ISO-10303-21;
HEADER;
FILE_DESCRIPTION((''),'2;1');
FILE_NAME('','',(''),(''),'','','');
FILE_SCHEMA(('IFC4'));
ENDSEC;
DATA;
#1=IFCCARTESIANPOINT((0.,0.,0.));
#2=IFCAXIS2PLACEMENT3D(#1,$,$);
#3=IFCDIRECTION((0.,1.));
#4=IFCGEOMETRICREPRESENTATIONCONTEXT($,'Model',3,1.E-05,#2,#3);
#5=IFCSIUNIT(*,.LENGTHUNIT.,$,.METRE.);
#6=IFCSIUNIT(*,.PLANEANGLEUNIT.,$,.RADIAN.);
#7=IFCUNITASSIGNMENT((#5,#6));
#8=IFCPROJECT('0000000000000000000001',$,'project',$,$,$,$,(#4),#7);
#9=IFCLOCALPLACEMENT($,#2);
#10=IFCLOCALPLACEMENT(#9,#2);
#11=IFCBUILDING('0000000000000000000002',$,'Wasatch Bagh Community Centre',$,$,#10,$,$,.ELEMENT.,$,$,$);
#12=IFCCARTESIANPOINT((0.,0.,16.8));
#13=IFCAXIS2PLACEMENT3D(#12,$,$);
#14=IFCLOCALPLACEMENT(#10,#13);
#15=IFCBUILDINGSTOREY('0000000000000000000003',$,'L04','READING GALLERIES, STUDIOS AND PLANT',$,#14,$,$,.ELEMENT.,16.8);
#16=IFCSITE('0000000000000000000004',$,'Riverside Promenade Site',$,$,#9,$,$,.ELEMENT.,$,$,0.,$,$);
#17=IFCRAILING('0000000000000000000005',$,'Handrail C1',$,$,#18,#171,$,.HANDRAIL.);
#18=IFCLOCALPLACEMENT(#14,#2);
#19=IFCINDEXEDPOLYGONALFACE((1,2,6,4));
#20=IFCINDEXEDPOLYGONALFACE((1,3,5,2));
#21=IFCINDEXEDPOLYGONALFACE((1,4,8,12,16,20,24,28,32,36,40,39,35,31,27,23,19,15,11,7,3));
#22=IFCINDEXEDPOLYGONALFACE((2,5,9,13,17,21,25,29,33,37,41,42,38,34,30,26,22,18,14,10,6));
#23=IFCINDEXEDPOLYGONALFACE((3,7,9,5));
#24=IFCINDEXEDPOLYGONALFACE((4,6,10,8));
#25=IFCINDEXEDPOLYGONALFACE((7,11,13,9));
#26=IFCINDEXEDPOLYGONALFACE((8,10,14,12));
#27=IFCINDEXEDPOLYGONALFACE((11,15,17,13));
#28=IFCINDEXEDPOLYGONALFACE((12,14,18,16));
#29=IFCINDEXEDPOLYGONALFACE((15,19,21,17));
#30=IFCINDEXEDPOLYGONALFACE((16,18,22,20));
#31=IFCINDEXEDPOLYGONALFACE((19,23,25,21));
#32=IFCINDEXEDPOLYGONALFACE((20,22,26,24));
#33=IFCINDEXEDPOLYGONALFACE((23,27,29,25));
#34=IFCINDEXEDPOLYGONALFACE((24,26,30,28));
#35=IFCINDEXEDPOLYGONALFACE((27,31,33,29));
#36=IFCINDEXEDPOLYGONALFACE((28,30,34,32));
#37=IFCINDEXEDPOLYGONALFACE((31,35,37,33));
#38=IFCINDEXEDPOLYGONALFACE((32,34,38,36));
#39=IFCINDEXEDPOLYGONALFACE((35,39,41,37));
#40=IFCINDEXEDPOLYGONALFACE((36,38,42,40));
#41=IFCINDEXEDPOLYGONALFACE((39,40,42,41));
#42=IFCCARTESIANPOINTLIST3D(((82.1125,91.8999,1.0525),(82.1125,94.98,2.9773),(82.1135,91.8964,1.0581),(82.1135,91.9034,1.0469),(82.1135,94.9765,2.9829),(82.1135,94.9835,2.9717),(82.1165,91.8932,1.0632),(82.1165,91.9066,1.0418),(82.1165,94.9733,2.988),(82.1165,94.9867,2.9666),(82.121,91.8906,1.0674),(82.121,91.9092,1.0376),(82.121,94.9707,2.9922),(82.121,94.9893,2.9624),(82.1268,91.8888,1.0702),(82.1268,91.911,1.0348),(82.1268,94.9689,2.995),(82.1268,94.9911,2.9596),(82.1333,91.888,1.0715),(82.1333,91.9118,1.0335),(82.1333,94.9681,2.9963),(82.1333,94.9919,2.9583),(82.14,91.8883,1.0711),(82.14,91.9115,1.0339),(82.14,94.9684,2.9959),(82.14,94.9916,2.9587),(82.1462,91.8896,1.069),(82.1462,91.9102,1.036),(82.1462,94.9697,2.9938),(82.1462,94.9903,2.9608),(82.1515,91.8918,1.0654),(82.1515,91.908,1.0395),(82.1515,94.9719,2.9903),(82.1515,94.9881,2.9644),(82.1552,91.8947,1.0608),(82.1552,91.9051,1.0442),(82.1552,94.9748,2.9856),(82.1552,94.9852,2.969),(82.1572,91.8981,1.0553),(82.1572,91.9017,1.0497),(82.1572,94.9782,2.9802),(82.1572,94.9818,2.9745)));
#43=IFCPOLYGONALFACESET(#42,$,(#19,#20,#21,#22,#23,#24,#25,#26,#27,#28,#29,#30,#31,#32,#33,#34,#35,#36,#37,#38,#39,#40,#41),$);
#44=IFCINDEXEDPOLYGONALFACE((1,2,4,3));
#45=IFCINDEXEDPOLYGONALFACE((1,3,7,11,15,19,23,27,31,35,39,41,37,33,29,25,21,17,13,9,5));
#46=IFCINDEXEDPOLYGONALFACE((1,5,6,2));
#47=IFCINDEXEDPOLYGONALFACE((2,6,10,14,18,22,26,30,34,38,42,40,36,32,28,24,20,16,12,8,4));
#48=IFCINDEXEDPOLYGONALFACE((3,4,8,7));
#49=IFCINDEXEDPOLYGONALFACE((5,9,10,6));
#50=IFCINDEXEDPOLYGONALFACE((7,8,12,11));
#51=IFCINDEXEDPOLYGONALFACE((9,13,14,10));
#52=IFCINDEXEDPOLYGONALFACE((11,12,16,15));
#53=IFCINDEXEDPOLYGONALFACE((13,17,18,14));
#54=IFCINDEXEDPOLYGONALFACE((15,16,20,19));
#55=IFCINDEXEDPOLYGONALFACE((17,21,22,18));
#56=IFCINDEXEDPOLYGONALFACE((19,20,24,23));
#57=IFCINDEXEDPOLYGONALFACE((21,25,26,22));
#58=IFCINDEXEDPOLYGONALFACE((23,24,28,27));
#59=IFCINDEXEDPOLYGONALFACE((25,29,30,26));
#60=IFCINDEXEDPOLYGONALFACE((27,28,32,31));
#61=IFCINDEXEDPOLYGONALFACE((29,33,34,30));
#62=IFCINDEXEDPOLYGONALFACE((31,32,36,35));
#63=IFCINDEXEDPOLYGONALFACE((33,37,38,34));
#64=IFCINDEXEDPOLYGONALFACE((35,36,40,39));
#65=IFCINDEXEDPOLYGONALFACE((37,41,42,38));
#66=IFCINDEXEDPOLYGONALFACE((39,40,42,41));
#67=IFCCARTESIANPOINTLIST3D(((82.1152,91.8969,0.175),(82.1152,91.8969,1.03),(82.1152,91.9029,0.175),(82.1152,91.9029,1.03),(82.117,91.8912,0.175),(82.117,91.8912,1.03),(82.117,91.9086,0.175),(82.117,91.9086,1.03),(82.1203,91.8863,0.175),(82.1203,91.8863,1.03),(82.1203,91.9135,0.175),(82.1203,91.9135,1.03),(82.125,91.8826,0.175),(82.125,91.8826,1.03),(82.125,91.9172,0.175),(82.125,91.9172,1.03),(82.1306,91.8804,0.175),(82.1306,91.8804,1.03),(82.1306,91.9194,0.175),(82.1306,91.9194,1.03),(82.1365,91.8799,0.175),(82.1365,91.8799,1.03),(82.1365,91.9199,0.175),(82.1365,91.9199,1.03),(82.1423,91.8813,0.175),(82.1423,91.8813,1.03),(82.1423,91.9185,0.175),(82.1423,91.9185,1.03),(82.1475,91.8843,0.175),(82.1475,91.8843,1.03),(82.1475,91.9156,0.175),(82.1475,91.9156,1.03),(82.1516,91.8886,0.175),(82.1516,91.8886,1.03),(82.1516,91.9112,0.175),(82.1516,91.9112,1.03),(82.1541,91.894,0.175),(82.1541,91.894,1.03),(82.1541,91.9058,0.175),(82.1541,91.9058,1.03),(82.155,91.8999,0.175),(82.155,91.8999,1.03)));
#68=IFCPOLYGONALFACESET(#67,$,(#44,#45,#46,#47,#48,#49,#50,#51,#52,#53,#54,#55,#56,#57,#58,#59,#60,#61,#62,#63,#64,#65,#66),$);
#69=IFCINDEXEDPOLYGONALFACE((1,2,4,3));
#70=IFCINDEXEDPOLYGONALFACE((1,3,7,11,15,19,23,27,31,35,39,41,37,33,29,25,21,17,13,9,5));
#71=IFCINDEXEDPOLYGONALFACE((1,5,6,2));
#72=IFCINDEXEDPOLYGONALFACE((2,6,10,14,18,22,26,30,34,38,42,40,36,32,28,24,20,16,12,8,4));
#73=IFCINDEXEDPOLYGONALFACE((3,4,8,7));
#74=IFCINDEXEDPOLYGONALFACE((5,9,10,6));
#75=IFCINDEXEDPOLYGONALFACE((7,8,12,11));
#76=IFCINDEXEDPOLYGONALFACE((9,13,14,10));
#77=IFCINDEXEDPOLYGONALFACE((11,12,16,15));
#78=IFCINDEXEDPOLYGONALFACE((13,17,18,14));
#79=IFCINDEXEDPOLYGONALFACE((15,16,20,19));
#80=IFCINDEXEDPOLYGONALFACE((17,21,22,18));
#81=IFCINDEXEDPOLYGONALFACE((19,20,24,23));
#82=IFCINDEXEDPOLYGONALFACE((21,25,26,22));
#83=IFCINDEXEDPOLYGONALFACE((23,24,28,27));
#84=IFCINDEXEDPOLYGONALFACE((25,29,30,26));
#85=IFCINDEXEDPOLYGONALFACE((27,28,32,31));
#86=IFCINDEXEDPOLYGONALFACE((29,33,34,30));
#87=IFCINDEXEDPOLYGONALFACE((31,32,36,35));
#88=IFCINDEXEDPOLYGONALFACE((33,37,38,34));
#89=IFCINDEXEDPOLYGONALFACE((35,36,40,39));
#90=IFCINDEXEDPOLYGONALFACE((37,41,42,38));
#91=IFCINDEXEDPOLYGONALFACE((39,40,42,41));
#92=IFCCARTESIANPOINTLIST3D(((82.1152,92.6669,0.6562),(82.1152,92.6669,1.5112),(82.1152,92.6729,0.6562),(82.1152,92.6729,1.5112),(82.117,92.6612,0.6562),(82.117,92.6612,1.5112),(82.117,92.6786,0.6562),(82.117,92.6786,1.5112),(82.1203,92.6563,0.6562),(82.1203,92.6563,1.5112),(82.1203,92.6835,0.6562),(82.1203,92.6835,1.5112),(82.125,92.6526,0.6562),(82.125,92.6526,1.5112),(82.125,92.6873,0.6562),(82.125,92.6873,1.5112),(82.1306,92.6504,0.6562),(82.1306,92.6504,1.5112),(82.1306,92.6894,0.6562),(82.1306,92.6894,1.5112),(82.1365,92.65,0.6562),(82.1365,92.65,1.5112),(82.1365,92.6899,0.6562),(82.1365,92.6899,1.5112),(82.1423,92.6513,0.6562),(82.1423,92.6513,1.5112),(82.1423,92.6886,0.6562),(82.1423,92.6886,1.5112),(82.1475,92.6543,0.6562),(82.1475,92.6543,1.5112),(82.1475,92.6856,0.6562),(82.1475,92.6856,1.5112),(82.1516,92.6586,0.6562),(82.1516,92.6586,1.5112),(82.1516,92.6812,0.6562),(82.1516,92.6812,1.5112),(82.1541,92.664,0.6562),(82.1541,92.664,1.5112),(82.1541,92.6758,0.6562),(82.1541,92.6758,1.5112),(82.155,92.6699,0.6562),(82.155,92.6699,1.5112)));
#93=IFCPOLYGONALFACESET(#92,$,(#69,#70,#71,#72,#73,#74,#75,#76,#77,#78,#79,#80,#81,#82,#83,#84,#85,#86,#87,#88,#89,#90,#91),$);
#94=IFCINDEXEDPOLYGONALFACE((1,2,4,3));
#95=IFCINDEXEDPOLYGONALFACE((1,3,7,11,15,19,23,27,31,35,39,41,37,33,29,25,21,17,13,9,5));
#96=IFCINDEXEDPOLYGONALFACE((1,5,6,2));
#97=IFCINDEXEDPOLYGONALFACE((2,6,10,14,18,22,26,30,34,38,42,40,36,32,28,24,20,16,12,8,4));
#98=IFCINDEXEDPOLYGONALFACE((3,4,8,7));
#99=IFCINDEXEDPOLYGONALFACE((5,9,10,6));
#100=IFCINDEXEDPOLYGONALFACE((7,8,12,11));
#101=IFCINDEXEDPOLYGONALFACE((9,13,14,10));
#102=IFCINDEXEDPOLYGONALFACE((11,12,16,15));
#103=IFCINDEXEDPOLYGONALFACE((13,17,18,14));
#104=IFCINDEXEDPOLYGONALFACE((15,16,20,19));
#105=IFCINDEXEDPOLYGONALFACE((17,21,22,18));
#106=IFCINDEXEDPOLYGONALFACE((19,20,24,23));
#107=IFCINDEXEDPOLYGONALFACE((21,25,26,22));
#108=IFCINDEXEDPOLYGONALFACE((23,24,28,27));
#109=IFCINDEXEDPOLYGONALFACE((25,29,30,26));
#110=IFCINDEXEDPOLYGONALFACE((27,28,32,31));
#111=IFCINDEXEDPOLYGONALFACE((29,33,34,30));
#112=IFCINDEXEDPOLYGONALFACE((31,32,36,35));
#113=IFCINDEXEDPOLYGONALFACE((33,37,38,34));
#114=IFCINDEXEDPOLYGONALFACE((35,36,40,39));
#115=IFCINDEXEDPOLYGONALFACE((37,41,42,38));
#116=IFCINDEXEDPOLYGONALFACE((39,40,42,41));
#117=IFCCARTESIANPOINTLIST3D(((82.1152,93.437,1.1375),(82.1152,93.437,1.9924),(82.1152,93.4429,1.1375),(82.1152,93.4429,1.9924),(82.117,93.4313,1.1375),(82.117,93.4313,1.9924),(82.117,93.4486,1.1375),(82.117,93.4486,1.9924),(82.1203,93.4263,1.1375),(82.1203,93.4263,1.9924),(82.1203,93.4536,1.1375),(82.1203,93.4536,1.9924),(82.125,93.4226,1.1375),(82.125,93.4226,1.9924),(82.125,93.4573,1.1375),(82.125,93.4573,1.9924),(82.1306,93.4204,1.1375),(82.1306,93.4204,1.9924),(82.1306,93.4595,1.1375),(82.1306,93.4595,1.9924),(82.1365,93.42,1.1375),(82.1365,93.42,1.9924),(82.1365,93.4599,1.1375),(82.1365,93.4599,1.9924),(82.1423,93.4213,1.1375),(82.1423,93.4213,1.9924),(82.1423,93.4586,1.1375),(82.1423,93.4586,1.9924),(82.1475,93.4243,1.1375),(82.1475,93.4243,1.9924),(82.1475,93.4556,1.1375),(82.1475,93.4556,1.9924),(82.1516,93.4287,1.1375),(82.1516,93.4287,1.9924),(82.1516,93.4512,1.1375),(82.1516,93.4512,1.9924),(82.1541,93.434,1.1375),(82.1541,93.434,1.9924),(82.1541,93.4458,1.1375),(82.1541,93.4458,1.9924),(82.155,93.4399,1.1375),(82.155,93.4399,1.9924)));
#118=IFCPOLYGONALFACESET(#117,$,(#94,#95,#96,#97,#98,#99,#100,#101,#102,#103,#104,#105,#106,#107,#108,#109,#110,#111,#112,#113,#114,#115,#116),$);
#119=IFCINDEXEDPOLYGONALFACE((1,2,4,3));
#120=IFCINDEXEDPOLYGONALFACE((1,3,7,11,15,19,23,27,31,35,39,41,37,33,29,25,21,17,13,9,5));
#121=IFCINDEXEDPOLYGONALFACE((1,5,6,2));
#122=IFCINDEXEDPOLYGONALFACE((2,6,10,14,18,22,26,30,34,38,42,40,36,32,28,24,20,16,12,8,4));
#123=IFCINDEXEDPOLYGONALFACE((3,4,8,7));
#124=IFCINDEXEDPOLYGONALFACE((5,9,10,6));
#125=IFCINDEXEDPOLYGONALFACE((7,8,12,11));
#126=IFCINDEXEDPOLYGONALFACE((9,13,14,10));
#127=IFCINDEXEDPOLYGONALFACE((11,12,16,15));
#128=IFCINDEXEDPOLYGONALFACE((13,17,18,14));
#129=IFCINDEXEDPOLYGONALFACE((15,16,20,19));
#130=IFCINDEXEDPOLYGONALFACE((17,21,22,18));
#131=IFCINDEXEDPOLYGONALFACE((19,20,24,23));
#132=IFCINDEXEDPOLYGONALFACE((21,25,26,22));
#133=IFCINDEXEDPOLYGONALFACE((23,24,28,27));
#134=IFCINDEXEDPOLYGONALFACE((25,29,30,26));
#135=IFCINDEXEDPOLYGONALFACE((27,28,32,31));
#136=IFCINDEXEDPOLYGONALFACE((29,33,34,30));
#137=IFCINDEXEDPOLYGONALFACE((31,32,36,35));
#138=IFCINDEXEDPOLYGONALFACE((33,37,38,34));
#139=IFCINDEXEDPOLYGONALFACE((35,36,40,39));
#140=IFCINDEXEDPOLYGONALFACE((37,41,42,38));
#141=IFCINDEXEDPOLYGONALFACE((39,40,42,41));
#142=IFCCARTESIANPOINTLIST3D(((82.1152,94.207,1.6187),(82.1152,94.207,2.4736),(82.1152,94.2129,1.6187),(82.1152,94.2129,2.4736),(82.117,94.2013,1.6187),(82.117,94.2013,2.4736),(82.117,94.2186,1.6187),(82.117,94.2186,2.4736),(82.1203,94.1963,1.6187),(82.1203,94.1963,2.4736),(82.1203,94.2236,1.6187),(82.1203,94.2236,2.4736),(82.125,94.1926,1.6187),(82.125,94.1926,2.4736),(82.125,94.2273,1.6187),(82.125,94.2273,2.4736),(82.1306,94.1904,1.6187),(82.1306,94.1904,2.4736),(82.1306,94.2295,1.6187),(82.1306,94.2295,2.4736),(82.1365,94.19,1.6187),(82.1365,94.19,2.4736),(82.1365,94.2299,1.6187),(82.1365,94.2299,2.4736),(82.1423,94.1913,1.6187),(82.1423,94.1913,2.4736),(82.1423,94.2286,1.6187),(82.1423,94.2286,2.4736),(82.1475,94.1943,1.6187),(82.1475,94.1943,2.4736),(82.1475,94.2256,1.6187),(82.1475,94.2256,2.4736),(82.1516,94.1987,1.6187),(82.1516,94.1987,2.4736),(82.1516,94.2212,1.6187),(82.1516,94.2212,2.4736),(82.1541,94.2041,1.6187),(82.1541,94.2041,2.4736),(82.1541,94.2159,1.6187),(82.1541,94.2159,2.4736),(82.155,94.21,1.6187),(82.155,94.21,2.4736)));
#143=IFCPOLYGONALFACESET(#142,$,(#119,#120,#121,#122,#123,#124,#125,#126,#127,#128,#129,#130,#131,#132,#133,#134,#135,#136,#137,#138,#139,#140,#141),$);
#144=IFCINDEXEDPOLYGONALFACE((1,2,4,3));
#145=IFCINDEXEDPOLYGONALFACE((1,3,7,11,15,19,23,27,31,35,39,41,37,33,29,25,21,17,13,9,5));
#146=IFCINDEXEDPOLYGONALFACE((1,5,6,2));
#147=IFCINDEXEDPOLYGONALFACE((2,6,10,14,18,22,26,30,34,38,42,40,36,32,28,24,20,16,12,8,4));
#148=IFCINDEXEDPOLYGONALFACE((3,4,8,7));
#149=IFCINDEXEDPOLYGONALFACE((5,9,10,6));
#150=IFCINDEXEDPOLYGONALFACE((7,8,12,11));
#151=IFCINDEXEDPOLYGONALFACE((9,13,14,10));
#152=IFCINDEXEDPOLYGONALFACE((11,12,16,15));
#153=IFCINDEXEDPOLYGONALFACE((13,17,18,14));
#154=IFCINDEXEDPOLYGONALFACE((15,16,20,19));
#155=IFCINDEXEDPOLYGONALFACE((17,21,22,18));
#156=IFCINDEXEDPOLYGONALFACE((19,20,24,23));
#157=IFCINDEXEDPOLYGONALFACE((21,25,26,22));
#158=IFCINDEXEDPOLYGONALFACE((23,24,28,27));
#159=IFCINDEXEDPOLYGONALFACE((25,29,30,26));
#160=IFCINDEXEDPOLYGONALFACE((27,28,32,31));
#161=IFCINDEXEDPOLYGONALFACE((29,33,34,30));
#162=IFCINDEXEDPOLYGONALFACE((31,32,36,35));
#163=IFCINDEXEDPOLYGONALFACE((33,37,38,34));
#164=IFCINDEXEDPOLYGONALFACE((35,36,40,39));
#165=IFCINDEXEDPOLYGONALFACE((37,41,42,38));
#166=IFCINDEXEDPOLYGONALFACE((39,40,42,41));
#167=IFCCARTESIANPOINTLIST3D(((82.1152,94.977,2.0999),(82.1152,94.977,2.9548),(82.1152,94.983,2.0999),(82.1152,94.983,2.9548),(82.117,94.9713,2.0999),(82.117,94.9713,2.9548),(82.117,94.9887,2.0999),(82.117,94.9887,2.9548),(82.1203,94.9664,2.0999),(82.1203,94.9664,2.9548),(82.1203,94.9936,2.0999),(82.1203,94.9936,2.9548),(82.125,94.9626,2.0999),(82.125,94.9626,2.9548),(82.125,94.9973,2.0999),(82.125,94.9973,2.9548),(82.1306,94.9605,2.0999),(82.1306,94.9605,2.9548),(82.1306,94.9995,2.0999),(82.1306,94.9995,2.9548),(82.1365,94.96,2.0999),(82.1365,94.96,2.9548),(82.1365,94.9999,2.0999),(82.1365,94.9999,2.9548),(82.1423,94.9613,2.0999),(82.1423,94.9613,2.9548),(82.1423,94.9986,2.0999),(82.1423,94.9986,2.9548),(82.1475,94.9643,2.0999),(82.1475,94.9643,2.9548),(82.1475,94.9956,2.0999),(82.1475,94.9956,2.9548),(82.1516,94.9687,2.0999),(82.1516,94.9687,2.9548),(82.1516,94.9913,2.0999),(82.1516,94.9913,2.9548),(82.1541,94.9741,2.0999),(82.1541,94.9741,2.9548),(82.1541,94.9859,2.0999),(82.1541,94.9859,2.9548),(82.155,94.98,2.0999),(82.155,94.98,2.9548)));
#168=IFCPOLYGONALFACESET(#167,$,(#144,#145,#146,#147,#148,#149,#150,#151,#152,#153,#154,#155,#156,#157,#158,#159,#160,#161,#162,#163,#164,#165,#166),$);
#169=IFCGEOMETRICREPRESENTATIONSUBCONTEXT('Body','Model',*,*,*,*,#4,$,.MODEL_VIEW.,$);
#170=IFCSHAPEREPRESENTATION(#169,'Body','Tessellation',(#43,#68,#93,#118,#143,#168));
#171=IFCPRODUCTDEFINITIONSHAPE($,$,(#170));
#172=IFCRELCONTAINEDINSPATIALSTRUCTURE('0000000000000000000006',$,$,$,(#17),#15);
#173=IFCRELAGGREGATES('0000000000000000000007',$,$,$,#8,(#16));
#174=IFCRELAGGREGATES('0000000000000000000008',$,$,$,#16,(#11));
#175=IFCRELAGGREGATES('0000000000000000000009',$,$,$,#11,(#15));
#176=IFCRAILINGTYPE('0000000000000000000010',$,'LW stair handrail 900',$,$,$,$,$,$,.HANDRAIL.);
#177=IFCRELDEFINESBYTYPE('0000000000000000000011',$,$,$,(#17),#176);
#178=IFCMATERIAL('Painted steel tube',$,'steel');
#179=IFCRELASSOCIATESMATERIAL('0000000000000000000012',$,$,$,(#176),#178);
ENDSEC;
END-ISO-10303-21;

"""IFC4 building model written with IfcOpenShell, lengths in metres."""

from ifc_helpers import new_model, si_unit, direction, frame, origin, origin_2d, place, context, subcontext, project, spatial, circle, extrude, material, type_object, element, save


model = new_model("IFC4")

# Units and contexts
model_context = context("Model", 3, precision=1e-05, world=origin(), true_north=direction((0.0, 1.0)))
body_context = subcontext(model_context, "Body", "Model", "MODEL_VIEW")
ifc_project = project(units=[si_unit("LENGTHUNIT", "METRE"), si_unit("PLANEANGLEUNIT", "RADIAN")], contexts=[model_context])

# Site, building, storey
site_placement = place(None, origin())
site = spatial("IfcSite", under=ifc_project, at=site_placement, Name="Riverside Promenade Site", CompositionType="ELEMENT", RefElevation=0.0)
building_placement = place(site_placement, origin())
building = spatial("IfcBuilding", under=site, at=building_placement, Name="Wasatch Bagh Community Centre", CompositionType="ELEMENT")
storey_placement = place(building_placement, frame((0.0, 0.0, 16.8)))
storey = spatial("IfcBuildingStorey", under=building, at=storey_placement, Name="L04", Description="READING GALLERIES, STUDIOS AND PLANT", CompositionType="ELEMENT", Elevation=16.8)

# Railing
ifc_material_1 = material(Name="Painted steel tube", Category="steel")
railing_type_1 = type_object("IfcRailingType", Name="LW stair handrail 900", PredefinedType="HANDRAIL", material=ifc_material_1)
railing_1_placement = place(storey_placement, frame((82.135, 91.8999, 0.175)))
element("IfcRailing", 1, at=railing_1_placement, inside=storey, type_object=railing_type_1, Name="Handrail C1", PredefinedType="HANDRAIL", context=body_context, shape_type="SweptSolid", body=[
    extrude(circle(Radius=0.0225, at=origin_2d()), frame((0.0, 0.0, 0.8774), z_axis=(0.0, 0.848029, 0.529951), x_axis=(-1.0, 0.0, 0.0)), (0.0, 0.0, 1.0), 3.6321),
    extrude(circle(Radius=0.02, at=origin_2d()), origin(), (0.0, 0.0, 1.0), 0.855),
    extrude(circle(Radius=0.02, at=origin_2d()), frame((0.0, 0.77, 0.4812)), (0.0, 0.0, 1.0), 0.855),
    extrude(circle(Radius=0.02, at=origin_2d()), frame((0.0, 1.54, 0.9624)), (0.0, 0.0, 1.0), 0.855),
    extrude(circle(Radius=0.02, at=origin_2d()), frame((0.0, 2.3101, 1.4436)), (0.0, 0.0, 1.0), 0.855),
    extrude(circle(Radius=0.02, at=origin_2d()), frame((0.0, 3.0801, 1.9248)), (0.0, 0.0, 1.0), 0.855),
])

save(model, "model.ifc")
